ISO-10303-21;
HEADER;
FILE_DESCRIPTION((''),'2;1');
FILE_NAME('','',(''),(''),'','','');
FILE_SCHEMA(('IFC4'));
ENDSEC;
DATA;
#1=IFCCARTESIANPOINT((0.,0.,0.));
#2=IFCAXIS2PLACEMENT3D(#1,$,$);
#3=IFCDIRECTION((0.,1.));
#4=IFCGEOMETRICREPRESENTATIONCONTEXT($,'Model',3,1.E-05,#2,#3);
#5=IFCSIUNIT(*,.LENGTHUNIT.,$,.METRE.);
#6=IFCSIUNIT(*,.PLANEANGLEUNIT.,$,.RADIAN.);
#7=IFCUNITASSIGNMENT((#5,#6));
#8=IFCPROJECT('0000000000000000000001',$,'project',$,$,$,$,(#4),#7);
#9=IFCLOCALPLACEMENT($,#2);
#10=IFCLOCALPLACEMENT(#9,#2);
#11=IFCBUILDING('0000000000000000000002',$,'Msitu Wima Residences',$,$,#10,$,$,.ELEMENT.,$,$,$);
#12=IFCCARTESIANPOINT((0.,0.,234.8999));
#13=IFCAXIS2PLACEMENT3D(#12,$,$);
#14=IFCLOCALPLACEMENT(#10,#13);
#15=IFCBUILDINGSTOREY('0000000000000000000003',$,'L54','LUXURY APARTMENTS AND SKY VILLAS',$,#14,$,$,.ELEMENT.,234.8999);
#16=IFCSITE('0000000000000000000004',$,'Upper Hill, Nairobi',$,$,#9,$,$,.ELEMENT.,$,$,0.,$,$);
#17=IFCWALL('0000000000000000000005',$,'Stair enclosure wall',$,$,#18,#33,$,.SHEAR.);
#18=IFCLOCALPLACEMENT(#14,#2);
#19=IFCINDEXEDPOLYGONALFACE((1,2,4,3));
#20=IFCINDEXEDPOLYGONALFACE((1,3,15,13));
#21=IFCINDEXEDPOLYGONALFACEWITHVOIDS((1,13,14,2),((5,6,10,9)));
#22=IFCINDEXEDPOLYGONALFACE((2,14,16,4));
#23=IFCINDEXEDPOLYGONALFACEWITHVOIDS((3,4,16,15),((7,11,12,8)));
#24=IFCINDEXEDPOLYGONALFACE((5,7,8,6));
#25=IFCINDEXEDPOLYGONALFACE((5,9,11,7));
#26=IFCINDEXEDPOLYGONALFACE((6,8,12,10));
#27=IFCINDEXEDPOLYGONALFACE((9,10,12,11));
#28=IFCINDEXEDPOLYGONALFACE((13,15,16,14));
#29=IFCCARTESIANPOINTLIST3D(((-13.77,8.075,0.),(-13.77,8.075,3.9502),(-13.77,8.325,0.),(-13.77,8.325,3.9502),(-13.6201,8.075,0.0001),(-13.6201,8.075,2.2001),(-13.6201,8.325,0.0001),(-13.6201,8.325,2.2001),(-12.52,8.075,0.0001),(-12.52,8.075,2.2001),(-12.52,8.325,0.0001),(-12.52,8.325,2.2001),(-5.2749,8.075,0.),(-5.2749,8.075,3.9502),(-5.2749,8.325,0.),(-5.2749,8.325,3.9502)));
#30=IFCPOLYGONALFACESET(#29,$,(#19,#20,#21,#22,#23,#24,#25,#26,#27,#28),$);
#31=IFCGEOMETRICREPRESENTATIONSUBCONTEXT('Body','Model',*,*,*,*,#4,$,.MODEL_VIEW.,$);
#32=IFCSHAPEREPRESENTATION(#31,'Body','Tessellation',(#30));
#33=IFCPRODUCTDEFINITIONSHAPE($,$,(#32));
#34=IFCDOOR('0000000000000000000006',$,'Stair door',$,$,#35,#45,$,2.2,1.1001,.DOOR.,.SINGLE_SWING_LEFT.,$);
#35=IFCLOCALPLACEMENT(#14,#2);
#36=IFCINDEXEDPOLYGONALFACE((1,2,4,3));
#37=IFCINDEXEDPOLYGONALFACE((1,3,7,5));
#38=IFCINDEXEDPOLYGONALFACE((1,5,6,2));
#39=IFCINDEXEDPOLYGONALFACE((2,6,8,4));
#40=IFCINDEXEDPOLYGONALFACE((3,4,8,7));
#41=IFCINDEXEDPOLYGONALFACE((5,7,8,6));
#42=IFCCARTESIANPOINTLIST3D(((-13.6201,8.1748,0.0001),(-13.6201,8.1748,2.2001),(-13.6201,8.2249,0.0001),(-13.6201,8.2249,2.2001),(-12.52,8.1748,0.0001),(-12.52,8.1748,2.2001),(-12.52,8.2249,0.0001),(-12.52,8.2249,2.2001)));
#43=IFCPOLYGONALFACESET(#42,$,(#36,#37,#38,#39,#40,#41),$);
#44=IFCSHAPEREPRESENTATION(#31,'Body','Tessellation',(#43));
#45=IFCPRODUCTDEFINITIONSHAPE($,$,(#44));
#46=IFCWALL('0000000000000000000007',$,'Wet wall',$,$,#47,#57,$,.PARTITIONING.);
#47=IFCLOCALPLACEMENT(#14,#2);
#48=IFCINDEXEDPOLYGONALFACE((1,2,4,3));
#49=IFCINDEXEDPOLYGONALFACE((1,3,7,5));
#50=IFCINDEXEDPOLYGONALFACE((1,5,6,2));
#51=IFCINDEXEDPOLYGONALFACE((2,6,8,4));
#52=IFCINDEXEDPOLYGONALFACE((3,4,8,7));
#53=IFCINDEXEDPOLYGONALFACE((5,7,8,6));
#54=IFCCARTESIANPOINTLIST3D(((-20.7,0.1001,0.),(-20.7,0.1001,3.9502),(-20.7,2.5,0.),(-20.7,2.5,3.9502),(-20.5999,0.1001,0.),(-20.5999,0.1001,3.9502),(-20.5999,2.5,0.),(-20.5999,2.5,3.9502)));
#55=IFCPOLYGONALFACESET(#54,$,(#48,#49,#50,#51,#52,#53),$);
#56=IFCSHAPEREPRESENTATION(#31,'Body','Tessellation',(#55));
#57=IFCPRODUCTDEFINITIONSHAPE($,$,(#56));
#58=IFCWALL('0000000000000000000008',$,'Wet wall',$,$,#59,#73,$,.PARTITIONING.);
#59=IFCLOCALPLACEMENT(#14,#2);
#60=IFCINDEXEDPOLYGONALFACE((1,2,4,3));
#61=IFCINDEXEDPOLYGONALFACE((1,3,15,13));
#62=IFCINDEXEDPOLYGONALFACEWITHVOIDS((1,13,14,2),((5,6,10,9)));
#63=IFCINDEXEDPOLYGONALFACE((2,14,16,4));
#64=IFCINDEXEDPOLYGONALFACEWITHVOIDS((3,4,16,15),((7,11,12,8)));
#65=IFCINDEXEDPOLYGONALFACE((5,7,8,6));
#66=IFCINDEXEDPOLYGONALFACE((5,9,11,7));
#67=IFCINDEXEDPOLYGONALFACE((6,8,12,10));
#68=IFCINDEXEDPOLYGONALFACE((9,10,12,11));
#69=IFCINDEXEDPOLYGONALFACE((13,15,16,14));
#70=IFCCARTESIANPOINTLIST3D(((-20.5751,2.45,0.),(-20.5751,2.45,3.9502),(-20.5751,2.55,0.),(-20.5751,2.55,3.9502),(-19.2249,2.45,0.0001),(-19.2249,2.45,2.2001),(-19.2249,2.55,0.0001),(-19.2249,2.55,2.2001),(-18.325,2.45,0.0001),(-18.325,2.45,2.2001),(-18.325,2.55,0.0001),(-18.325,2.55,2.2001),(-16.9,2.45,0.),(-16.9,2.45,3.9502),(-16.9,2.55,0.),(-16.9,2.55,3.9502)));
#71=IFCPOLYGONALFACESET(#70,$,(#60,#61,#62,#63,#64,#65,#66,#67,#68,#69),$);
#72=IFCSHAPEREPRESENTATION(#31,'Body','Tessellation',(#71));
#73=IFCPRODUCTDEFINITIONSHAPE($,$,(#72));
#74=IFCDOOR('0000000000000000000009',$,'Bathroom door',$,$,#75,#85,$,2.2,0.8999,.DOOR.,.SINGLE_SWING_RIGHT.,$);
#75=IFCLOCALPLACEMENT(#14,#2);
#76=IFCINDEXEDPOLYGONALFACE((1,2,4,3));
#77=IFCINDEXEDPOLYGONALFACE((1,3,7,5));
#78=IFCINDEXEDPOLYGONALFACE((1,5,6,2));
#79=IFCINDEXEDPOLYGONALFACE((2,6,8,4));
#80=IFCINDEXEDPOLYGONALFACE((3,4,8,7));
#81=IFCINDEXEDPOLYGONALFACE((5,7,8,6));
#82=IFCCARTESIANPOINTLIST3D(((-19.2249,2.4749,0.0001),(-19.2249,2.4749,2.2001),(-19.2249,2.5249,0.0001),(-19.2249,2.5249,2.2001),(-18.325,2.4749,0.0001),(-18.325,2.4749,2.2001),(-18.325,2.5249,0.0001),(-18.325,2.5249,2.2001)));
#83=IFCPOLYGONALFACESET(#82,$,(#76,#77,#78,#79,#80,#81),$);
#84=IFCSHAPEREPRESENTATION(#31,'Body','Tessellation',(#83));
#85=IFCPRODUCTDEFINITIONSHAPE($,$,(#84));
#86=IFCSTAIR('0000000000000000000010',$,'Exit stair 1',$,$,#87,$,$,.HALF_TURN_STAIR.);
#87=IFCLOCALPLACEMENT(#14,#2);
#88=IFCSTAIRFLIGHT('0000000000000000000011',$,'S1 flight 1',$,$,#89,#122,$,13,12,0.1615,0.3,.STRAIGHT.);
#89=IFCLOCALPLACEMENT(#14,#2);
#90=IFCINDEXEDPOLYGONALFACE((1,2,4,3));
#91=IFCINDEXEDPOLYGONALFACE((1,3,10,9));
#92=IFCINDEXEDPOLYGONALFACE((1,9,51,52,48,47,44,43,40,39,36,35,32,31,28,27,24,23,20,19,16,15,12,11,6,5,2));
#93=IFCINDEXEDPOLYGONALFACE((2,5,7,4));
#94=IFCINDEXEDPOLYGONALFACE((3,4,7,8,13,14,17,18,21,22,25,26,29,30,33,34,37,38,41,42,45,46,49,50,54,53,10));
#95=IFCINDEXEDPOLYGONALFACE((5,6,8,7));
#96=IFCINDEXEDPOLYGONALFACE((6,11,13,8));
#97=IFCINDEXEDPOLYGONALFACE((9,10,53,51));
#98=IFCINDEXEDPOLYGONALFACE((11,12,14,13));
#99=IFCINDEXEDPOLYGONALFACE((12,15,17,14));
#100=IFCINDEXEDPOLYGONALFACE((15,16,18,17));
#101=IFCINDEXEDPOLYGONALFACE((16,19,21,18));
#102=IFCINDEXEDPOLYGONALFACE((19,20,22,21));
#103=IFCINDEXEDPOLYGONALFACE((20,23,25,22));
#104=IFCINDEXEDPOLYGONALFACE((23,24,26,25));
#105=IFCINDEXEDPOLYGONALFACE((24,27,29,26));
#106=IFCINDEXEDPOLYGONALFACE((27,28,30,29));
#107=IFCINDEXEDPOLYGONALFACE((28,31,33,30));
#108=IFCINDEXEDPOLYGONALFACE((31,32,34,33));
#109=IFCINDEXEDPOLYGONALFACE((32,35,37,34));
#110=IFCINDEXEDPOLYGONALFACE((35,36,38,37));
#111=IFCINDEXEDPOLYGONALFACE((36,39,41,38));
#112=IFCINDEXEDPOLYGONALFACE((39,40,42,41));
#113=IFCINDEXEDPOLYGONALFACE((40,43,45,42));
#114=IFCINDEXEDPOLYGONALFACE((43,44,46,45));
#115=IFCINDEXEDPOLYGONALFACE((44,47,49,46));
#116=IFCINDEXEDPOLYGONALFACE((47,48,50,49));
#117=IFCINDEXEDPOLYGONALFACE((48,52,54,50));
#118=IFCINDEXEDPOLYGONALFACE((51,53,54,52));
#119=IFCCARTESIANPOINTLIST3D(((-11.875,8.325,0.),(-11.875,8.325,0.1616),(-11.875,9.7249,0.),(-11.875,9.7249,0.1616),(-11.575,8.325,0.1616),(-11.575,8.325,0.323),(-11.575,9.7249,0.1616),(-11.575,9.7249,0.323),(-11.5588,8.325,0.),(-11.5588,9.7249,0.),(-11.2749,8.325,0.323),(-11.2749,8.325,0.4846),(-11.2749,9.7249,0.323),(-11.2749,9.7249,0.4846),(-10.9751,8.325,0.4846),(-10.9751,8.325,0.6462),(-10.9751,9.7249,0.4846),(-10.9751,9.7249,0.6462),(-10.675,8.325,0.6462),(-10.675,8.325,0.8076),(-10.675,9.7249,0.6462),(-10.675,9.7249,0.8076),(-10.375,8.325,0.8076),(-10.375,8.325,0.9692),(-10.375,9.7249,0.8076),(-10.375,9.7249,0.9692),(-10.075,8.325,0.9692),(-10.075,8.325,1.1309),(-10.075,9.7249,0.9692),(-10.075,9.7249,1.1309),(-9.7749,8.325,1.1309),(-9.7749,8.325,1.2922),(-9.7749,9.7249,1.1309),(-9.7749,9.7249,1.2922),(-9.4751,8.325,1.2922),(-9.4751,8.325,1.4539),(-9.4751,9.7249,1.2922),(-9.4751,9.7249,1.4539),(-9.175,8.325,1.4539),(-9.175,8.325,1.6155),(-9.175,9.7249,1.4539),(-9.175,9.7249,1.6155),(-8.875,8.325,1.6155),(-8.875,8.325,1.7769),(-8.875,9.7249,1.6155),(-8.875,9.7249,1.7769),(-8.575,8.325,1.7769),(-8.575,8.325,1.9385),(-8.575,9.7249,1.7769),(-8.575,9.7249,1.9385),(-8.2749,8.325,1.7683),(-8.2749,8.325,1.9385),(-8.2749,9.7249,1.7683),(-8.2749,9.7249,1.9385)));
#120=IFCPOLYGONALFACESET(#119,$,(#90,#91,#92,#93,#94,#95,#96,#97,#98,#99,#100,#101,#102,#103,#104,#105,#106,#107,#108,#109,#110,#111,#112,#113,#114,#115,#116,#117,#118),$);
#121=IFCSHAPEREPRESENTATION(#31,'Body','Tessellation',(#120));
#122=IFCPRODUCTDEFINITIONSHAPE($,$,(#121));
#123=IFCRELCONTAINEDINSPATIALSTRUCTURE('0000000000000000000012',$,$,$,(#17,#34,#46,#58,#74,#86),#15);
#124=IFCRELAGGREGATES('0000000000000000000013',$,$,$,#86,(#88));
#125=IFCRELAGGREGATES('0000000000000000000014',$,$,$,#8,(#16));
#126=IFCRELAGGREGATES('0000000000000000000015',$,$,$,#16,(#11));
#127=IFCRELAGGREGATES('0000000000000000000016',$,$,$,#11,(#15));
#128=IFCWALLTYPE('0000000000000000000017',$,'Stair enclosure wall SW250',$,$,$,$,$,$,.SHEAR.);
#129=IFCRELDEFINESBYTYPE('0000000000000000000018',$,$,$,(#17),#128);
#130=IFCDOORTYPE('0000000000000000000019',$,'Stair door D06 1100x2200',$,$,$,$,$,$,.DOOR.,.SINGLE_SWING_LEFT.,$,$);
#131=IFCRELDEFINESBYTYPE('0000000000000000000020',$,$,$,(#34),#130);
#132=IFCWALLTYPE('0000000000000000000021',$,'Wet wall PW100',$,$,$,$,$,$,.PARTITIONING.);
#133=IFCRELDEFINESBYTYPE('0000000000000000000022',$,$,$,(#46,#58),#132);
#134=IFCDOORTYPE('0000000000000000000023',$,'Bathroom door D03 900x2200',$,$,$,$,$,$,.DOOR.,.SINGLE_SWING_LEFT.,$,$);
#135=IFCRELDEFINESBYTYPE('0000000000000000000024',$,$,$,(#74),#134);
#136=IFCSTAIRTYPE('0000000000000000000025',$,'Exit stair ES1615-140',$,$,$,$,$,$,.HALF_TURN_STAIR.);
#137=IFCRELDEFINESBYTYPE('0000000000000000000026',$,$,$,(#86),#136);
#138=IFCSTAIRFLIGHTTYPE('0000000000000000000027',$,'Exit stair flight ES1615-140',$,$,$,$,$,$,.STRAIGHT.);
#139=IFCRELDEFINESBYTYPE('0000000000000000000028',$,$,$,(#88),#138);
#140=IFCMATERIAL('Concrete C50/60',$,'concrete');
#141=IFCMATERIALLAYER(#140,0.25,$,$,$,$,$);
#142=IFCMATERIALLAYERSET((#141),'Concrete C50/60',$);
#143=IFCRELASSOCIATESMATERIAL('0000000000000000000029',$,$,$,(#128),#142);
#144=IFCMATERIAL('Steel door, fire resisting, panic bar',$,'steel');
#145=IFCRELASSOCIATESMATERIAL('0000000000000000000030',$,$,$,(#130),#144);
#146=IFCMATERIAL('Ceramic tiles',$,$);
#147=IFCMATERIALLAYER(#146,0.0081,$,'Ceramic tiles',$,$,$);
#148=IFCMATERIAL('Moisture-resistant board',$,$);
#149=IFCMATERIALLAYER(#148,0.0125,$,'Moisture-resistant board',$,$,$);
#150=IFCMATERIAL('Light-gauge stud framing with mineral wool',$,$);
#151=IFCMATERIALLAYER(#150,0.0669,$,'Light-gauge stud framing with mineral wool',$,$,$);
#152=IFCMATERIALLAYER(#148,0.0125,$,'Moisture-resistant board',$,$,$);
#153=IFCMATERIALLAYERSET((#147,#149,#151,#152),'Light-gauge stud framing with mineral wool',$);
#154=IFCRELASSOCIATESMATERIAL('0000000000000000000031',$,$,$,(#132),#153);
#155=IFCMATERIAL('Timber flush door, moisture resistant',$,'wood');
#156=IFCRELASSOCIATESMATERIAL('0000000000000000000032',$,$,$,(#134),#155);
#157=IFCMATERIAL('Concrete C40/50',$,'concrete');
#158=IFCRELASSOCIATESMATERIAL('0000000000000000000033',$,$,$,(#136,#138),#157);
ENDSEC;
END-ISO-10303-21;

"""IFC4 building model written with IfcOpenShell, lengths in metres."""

from ifc_helpers import new_model, si_unit, direction, frame, frame_2d, origin, place, context, subcontext, project, spatial, polyline, rectangle, outline, extrude, material, layer, layer_set, type_object, element, fill, aggregate, save


model = new_model("IFC4")

# Units and contexts
model_context = context("Model", 3, precision=1e-05, world=origin(), true_north=direction((0.0, 1.0)))
body_context = subcontext(model_context, "Body", "Model", "MODEL_VIEW")
ifc_project = project(units=[si_unit("LENGTHUNIT", "METRE"), si_unit("PLANEANGLEUNIT", "RADIAN")], contexts=[model_context])

# Site, building, storey
site_placement = place(None, origin())
site = spatial("IfcSite", under=ifc_project, at=site_placement, Name="Upper Hill, Nairobi", CompositionType="ELEMENT", RefElevation=0.0)
building_placement = place(site_placement, origin())
building = spatial("IfcBuilding", under=site, at=building_placement, Name="Msitu Wima Residences", CompositionType="ELEMENT")
storey_placement = place(building_placement, frame((0.0, 0.0, 234.8999)))
storey = spatial("IfcBuildingStorey", under=building, at=storey_placement, Name="L54", Description="LUXURY APARTMENTS AND SKY VILLAS", CompositionType="ELEMENT", Elevation=234.8999)

# Shared definitions
ifc_material_1 = material(Name="Concrete C50/60", Category="concrete")

# Shared definitions
ifc_material_2 = material(Name="Light-gauge stud framing with mineral wool")

# Wall, opening, door
ifc_layer_1 = layer(ifc_material_1, 0.25)
ifc_layer_set_1 = layer_set([ifc_layer_1], Name="Concrete C50/60")
wall_type_1 = type_object("IfcWallType", Name="Stair enclosure wall SW250", PredefinedType="SHEAR", material=ifc_layer_set_1)
wall_1_placement = place(storey_placement, frame((-13.77, 8.2, 0.0), z_axis=(0.0, 0.0, 1.0), x_axis=(1.0, 0.0, 0.0)))
wall_1 = element("IfcWall", 1, at=wall_1_placement, inside=storey, type_object=wall_type_1, Name="Stair enclosure wall", PredefinedType="SHEAR", context=body_context, shape_type="SweptSolid", body=[
    extrude(rectangle(XDim=8.4951, YDim=0.25, at=frame_2d((4.2476, 0.0))), origin(), (0.0, 0.0, 1.0), 3.9502),
])
opening_1_placement = place(wall_1_placement, frame((0.1499, 0.0, 0.0)))
opening_1 = element("IfcOpeningElement", 2, at=opening_1_placement, cuts=wall_1, PredefinedType="OPENING", context=body_context, shape_type="SweptSolid", body=[
    extrude(rectangle(XDim=1.1001, YDim=2.2, at=frame_2d((0.55, 1.1001))), frame((0.0, 0.135, 0.0), z_axis=(0.0, -1.0, 0.0), x_axis=(1.0, 0.0, 0.0)), (0.0, 0.0, 1.0), 0.27),
])
ifc_material_3 = material(Name="Steel door, fire resisting, panic bar", Category="steel")
door_type_1 = type_object("IfcDoorType", Name="Stair door D06 1100x2200", OperationType="SINGLE_SWING_LEFT", PredefinedType="DOOR", material=ifc_material_3)
door_1_placement = place(opening_1_placement, origin())
door_1 = element("IfcDoor", 3, at=door_1_placement, inside=storey, type_object=door_type_1, Name="Stair door", OperationType="SINGLE_SWING_LEFT", OverallHeight=2.2, OverallWidth=1.1001, PredefinedType="DOOR", context=body_context, shape_type="SweptSolid", body=[
    extrude(rectangle(XDim=1.1001, YDim=2.2, at=frame_2d((0.55, 1.1001))), frame((0.0, 0.0249, 0.0), z_axis=(0.0, -1.0, 0.0), x_axis=(1.0, 0.0, 0.0)), (0.0, 0.0, 1.0), 0.05),
])
fill(opening_1, door_1)

# Wall
ifc_material_4 = material(Name="Ceramic tiles")
ifc_layer_2 = layer(ifc_material_4, 0.0081, Name="Ceramic tiles")
ifc_material_5 = material(Name="Moisture-resistant board")
ifc_layer_3 = layer(ifc_material_5, 0.0125, Name="Moisture-resistant board")
ifc_layer_4 = layer(ifc_material_2, 0.0669, Name="Light-gauge stud framing with mineral wool")
ifc_layer_5 = layer(ifc_material_5, 0.0125, Name="Moisture-resistant board")
ifc_layer_set_2 = layer_set([ifc_layer_2, ifc_layer_3, ifc_layer_4, ifc_layer_5], Name="Light-gauge stud framing with mineral wool")
wall_type_2 = type_object("IfcWallType", Name="Wet wall PW100", PredefinedType="PARTITIONING", material=ifc_layer_set_2)
wall_2_placement = place(storey_placement, frame((-20.6499, 0.1001, 0.0), z_axis=(0.0, 0.0, 1.0), x_axis=(0.0, 1.0, 0.0)))
element("IfcWall", 4, at=wall_2_placement, inside=storey, type_object=wall_type_2, Name="Wet wall", PredefinedType="PARTITIONING", context=body_context, shape_type="SweptSolid", body=[
    extrude(rectangle(XDim=2.3999, YDim=0.1001, at=frame_2d((1.2, 0.0))), origin(), (0.0, 0.0, 1.0), 3.9502),
])

# Wall, opening, door
wall_3_placement = place(storey_placement, frame((-20.575, 2.5, 0.0), z_axis=(0.0, 0.0, 1.0), x_axis=(1.0, 0.0, 0.0)))
wall_3 = element("IfcWall", 5, at=wall_3_placement, inside=storey, type_object=wall_type_2, Name="Wet wall", PredefinedType="PARTITIONING", context=body_context, shape_type="SweptSolid", body=[
    extrude(rectangle(XDim=3.675, YDim=0.1001, at=frame_2d((1.8374, 0.0))), origin(), (0.0, 0.0, 1.0), 3.9502),
])
opening_2_placement = place(wall_3_placement, frame((1.3501, 0.0, 0.0)))
opening_2 = element("IfcOpeningElement", 6, at=opening_2_placement, cuts=wall_3, PredefinedType="OPENING", context=body_context, shape_type="SweptSolid", body=[
    extrude(rectangle(XDim=0.8999, YDim=2.2, at=frame_2d((0.45, 1.1001))), frame((0.0, 0.0601, 0.0), z_axis=(0.0, -1.0, 0.0), x_axis=(1.0, 0.0, 0.0)), (0.0, 0.0, 1.0), 0.1201),
])
ifc_material_6 = material(Name="Timber flush door, moisture resistant", Category="wood")
door_type_2 = type_object("IfcDoorType", Name="Bathroom door D03 900x2200", OperationType="SINGLE_SWING_LEFT", PredefinedType="DOOR", material=ifc_material_6)
door_2_placement = place(opening_2_placement, origin())
door_2 = element("IfcDoor", 7, at=door_2_placement, inside=storey, type_object=door_type_2, Name="Bathroom door", OperationType="SINGLE_SWING_RIGHT", OverallHeight=2.2, OverallWidth=0.8999, PredefinedType="DOOR", context=body_context, shape_type="SweptSolid", body=[
    extrude(rectangle(XDim=0.8999, YDim=2.2, at=frame_2d((0.45, 1.1001))), frame((0.0, 0.0249, 0.0), z_axis=(0.0, -1.0, 0.0), x_axis=(1.0, 0.0, 0.0)), (0.0, 0.0, 1.0), 0.05),
])
fill(opening_2, door_2)

# Stair, stair flight
ifc_material_7 = material(Name="Concrete C40/50", Category="concrete")
stair_type = type_object("IfcStairType", Name="Exit stair ES1615-140", PredefinedType="HALF_TURN_STAIR", material=ifc_material_7)
stair_placement = place(storey_placement, origin())
stair = element("IfcStair", 8, at=stair_placement, inside=storey, type_object=stair_type, Name="Exit stair 1", PredefinedType="HALF_TURN_STAIR")
stair_flight_type = type_object("IfcStairFlightType", Name="Exit stair flight ES1615-140", PredefinedType="STRAIGHT", material=ifc_material_7)
stair_flight_placement = place(storey_placement, frame((-11.875, 9.0249, 0.0), z_axis=(0.0, 0.0, 1.0), x_axis=(1.0, 0.0, 0.0)))
stair_flight = element("IfcStairFlight", 9, at=stair_flight_placement, type_object=stair_flight_type, Name="S1 flight 1", NumberOfRisers=13, NumberOfTreads=12, PredefinedType="STRAIGHT", RiserHeight=0.1615, TreadLength=0.3, context=body_context, shape_type="SweptSolid", body=[
    extrude(outline(polyline([(0.0, 0.0), (0.0, 0.1616), (0.3, 0.1616), (0.3, 0.323), (0.6001, 0.323), (0.6001, 0.4846), (0.8999, 0.4846), (0.8999, 0.6462), (1.2, 0.6462), (1.2, 0.8076), (1.5, 0.8076), (1.5, 0.9692), (1.8, 0.9692), (1.8, 1.1309), (2.1001, 1.1309), (2.1001, 1.2922), (2.3999, 1.2922), (2.3999, 1.4539), (2.7, 1.4539), (2.7, 1.6155), (3.0, 1.6155), (3.0, 1.7769), (3.3, 1.7769), (3.3, 1.9385), (3.6001, 1.9385), (3.6001, 2.1001), (3.6001, 1.7683), (0.3162, 0.0), (0.0, 0.0)])), frame((0.0, 0.7, 0.0), z_axis=(0.0, -1.0, 0.0), x_axis=(1.0, 0.0, 0.0)), (0.0, 0.0, 1.0), 1.3999),
])
aggregate(stair, [stair_flight])

save(model, "model.ifc")
